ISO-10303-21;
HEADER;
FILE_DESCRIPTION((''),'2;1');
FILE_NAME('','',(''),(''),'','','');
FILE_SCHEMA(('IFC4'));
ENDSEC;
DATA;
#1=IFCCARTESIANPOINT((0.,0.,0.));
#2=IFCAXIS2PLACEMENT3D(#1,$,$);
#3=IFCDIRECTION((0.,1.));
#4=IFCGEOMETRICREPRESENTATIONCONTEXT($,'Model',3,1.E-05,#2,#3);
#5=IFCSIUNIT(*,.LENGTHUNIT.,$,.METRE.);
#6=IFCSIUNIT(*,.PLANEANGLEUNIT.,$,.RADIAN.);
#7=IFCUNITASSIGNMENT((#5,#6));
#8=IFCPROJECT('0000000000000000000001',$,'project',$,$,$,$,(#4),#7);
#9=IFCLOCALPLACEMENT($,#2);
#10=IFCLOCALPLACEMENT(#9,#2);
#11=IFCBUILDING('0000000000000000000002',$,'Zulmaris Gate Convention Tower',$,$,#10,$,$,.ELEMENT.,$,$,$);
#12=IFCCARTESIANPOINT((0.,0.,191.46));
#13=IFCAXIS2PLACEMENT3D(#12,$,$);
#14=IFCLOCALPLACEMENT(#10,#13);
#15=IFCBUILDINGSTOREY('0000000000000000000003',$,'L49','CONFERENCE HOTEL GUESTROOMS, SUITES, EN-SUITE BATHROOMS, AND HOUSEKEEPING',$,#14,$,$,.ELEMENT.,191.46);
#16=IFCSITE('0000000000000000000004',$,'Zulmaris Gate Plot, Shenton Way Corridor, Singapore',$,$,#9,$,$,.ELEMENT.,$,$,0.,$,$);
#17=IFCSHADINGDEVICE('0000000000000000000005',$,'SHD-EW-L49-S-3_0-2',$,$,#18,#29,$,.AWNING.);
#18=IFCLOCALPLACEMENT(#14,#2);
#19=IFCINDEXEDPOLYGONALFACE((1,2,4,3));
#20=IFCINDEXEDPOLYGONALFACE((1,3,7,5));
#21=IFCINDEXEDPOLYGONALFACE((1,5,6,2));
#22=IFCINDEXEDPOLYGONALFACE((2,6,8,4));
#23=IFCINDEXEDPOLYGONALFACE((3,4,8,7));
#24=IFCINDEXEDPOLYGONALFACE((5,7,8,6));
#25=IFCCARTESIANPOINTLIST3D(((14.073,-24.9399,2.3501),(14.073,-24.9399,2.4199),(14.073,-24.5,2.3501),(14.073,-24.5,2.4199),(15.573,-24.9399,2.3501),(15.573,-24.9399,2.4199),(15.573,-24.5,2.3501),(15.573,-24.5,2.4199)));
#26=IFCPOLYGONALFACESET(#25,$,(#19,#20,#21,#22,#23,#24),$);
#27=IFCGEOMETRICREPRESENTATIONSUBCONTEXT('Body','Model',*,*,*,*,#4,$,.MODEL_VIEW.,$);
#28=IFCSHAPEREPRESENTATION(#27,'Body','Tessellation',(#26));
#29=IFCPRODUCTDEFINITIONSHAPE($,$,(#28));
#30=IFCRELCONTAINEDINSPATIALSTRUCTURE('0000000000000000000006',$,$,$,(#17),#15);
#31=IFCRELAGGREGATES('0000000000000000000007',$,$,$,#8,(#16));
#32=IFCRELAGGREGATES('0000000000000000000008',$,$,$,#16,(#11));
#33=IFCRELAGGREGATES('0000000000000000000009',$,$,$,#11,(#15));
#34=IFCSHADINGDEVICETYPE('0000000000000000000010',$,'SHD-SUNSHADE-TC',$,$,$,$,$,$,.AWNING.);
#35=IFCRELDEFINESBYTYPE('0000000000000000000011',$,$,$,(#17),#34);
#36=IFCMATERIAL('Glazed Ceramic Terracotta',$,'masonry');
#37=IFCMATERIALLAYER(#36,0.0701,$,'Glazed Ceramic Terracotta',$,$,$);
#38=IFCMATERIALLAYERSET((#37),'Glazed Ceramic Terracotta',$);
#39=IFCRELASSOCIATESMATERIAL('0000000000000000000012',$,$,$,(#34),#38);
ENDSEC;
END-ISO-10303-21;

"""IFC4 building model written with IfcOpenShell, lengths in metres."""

from ifc_helpers import new_model, si_unit, direction, frame, frame_2d, origin, place, context, subcontext, project, spatial, rectangle, extrude, material, layer, layer_set, type_object, element, save


model = new_model("IFC4")

# Units and contexts
model_context = context("Model", 3, precision=1e-05, world=origin(), true_north=direction((0.0, 1.0)))
body_context = subcontext(model_context, "Body", "Model", "MODEL_VIEW")
ifc_project = project(units=[si_unit("LENGTHUNIT", "METRE"), si_unit("PLANEANGLEUNIT", "RADIAN")], contexts=[model_context])

# Site, building, storey
site_placement = place(None, origin())
site = spatial("IfcSite", under=ifc_project, at=site_placement, Name="Zulmaris Gate Plot, Shenton Way Corridor, Singapore", CompositionType="ELEMENT", RefElevation=0.0)
building_placement = place(site_placement, origin())
building = spatial("IfcBuilding", under=site, at=building_placement, Name="Zulmaris Gate Convention Tower", CompositionType="ELEMENT")
storey_placement = place(building_placement, frame((0.0, 0.0, 191.46)))
storey = spatial("IfcBuildingStorey", under=building, at=storey_placement, Name="L49", Description="CONFERENCE HOTEL GUESTROOMS, SUITES, EN-SUITE BATHROOMS, AND HOUSEKEEPING", CompositionType="ELEMENT", Elevation=191.46)

# Shading device
ifc_material_1 = material(Name="Glazed Ceramic Terracotta", Category="masonry")
ifc_layer_1 = layer(ifc_material_1, 0.0701, Name="Glazed Ceramic Terracotta")
ifc_layer_set_1 = layer_set([ifc_layer_1], Name="Glazed Ceramic Terracotta")
shading_device_type = type_object("IfcShadingDeviceType", Name="SHD-SUNSHADE-TC", PredefinedType="AWNING", material=ifc_layer_set_1)
shading_device_placement = place(storey_placement, frame((14.073, -24.72, 2.3501), z_axis=(0.0, 0.0, 1.0), x_axis=(1.0, 0.0, 0.0)))
element("IfcShadingDevice", 1, at=shading_device_placement, inside=storey, type_object=shading_device_type, Name="SHD-EW-L49-S-3_0-2", PredefinedType="AWNING", context=body_context, shape_type="SweptSolid", body=[
    extrude(rectangle(XDim=1.5, YDim=0.4399, at=frame_2d((0.75, 0.0))), origin(), (0.0, 0.0, 1.0), 0.0698),
])

save(model, "model.ifc")
